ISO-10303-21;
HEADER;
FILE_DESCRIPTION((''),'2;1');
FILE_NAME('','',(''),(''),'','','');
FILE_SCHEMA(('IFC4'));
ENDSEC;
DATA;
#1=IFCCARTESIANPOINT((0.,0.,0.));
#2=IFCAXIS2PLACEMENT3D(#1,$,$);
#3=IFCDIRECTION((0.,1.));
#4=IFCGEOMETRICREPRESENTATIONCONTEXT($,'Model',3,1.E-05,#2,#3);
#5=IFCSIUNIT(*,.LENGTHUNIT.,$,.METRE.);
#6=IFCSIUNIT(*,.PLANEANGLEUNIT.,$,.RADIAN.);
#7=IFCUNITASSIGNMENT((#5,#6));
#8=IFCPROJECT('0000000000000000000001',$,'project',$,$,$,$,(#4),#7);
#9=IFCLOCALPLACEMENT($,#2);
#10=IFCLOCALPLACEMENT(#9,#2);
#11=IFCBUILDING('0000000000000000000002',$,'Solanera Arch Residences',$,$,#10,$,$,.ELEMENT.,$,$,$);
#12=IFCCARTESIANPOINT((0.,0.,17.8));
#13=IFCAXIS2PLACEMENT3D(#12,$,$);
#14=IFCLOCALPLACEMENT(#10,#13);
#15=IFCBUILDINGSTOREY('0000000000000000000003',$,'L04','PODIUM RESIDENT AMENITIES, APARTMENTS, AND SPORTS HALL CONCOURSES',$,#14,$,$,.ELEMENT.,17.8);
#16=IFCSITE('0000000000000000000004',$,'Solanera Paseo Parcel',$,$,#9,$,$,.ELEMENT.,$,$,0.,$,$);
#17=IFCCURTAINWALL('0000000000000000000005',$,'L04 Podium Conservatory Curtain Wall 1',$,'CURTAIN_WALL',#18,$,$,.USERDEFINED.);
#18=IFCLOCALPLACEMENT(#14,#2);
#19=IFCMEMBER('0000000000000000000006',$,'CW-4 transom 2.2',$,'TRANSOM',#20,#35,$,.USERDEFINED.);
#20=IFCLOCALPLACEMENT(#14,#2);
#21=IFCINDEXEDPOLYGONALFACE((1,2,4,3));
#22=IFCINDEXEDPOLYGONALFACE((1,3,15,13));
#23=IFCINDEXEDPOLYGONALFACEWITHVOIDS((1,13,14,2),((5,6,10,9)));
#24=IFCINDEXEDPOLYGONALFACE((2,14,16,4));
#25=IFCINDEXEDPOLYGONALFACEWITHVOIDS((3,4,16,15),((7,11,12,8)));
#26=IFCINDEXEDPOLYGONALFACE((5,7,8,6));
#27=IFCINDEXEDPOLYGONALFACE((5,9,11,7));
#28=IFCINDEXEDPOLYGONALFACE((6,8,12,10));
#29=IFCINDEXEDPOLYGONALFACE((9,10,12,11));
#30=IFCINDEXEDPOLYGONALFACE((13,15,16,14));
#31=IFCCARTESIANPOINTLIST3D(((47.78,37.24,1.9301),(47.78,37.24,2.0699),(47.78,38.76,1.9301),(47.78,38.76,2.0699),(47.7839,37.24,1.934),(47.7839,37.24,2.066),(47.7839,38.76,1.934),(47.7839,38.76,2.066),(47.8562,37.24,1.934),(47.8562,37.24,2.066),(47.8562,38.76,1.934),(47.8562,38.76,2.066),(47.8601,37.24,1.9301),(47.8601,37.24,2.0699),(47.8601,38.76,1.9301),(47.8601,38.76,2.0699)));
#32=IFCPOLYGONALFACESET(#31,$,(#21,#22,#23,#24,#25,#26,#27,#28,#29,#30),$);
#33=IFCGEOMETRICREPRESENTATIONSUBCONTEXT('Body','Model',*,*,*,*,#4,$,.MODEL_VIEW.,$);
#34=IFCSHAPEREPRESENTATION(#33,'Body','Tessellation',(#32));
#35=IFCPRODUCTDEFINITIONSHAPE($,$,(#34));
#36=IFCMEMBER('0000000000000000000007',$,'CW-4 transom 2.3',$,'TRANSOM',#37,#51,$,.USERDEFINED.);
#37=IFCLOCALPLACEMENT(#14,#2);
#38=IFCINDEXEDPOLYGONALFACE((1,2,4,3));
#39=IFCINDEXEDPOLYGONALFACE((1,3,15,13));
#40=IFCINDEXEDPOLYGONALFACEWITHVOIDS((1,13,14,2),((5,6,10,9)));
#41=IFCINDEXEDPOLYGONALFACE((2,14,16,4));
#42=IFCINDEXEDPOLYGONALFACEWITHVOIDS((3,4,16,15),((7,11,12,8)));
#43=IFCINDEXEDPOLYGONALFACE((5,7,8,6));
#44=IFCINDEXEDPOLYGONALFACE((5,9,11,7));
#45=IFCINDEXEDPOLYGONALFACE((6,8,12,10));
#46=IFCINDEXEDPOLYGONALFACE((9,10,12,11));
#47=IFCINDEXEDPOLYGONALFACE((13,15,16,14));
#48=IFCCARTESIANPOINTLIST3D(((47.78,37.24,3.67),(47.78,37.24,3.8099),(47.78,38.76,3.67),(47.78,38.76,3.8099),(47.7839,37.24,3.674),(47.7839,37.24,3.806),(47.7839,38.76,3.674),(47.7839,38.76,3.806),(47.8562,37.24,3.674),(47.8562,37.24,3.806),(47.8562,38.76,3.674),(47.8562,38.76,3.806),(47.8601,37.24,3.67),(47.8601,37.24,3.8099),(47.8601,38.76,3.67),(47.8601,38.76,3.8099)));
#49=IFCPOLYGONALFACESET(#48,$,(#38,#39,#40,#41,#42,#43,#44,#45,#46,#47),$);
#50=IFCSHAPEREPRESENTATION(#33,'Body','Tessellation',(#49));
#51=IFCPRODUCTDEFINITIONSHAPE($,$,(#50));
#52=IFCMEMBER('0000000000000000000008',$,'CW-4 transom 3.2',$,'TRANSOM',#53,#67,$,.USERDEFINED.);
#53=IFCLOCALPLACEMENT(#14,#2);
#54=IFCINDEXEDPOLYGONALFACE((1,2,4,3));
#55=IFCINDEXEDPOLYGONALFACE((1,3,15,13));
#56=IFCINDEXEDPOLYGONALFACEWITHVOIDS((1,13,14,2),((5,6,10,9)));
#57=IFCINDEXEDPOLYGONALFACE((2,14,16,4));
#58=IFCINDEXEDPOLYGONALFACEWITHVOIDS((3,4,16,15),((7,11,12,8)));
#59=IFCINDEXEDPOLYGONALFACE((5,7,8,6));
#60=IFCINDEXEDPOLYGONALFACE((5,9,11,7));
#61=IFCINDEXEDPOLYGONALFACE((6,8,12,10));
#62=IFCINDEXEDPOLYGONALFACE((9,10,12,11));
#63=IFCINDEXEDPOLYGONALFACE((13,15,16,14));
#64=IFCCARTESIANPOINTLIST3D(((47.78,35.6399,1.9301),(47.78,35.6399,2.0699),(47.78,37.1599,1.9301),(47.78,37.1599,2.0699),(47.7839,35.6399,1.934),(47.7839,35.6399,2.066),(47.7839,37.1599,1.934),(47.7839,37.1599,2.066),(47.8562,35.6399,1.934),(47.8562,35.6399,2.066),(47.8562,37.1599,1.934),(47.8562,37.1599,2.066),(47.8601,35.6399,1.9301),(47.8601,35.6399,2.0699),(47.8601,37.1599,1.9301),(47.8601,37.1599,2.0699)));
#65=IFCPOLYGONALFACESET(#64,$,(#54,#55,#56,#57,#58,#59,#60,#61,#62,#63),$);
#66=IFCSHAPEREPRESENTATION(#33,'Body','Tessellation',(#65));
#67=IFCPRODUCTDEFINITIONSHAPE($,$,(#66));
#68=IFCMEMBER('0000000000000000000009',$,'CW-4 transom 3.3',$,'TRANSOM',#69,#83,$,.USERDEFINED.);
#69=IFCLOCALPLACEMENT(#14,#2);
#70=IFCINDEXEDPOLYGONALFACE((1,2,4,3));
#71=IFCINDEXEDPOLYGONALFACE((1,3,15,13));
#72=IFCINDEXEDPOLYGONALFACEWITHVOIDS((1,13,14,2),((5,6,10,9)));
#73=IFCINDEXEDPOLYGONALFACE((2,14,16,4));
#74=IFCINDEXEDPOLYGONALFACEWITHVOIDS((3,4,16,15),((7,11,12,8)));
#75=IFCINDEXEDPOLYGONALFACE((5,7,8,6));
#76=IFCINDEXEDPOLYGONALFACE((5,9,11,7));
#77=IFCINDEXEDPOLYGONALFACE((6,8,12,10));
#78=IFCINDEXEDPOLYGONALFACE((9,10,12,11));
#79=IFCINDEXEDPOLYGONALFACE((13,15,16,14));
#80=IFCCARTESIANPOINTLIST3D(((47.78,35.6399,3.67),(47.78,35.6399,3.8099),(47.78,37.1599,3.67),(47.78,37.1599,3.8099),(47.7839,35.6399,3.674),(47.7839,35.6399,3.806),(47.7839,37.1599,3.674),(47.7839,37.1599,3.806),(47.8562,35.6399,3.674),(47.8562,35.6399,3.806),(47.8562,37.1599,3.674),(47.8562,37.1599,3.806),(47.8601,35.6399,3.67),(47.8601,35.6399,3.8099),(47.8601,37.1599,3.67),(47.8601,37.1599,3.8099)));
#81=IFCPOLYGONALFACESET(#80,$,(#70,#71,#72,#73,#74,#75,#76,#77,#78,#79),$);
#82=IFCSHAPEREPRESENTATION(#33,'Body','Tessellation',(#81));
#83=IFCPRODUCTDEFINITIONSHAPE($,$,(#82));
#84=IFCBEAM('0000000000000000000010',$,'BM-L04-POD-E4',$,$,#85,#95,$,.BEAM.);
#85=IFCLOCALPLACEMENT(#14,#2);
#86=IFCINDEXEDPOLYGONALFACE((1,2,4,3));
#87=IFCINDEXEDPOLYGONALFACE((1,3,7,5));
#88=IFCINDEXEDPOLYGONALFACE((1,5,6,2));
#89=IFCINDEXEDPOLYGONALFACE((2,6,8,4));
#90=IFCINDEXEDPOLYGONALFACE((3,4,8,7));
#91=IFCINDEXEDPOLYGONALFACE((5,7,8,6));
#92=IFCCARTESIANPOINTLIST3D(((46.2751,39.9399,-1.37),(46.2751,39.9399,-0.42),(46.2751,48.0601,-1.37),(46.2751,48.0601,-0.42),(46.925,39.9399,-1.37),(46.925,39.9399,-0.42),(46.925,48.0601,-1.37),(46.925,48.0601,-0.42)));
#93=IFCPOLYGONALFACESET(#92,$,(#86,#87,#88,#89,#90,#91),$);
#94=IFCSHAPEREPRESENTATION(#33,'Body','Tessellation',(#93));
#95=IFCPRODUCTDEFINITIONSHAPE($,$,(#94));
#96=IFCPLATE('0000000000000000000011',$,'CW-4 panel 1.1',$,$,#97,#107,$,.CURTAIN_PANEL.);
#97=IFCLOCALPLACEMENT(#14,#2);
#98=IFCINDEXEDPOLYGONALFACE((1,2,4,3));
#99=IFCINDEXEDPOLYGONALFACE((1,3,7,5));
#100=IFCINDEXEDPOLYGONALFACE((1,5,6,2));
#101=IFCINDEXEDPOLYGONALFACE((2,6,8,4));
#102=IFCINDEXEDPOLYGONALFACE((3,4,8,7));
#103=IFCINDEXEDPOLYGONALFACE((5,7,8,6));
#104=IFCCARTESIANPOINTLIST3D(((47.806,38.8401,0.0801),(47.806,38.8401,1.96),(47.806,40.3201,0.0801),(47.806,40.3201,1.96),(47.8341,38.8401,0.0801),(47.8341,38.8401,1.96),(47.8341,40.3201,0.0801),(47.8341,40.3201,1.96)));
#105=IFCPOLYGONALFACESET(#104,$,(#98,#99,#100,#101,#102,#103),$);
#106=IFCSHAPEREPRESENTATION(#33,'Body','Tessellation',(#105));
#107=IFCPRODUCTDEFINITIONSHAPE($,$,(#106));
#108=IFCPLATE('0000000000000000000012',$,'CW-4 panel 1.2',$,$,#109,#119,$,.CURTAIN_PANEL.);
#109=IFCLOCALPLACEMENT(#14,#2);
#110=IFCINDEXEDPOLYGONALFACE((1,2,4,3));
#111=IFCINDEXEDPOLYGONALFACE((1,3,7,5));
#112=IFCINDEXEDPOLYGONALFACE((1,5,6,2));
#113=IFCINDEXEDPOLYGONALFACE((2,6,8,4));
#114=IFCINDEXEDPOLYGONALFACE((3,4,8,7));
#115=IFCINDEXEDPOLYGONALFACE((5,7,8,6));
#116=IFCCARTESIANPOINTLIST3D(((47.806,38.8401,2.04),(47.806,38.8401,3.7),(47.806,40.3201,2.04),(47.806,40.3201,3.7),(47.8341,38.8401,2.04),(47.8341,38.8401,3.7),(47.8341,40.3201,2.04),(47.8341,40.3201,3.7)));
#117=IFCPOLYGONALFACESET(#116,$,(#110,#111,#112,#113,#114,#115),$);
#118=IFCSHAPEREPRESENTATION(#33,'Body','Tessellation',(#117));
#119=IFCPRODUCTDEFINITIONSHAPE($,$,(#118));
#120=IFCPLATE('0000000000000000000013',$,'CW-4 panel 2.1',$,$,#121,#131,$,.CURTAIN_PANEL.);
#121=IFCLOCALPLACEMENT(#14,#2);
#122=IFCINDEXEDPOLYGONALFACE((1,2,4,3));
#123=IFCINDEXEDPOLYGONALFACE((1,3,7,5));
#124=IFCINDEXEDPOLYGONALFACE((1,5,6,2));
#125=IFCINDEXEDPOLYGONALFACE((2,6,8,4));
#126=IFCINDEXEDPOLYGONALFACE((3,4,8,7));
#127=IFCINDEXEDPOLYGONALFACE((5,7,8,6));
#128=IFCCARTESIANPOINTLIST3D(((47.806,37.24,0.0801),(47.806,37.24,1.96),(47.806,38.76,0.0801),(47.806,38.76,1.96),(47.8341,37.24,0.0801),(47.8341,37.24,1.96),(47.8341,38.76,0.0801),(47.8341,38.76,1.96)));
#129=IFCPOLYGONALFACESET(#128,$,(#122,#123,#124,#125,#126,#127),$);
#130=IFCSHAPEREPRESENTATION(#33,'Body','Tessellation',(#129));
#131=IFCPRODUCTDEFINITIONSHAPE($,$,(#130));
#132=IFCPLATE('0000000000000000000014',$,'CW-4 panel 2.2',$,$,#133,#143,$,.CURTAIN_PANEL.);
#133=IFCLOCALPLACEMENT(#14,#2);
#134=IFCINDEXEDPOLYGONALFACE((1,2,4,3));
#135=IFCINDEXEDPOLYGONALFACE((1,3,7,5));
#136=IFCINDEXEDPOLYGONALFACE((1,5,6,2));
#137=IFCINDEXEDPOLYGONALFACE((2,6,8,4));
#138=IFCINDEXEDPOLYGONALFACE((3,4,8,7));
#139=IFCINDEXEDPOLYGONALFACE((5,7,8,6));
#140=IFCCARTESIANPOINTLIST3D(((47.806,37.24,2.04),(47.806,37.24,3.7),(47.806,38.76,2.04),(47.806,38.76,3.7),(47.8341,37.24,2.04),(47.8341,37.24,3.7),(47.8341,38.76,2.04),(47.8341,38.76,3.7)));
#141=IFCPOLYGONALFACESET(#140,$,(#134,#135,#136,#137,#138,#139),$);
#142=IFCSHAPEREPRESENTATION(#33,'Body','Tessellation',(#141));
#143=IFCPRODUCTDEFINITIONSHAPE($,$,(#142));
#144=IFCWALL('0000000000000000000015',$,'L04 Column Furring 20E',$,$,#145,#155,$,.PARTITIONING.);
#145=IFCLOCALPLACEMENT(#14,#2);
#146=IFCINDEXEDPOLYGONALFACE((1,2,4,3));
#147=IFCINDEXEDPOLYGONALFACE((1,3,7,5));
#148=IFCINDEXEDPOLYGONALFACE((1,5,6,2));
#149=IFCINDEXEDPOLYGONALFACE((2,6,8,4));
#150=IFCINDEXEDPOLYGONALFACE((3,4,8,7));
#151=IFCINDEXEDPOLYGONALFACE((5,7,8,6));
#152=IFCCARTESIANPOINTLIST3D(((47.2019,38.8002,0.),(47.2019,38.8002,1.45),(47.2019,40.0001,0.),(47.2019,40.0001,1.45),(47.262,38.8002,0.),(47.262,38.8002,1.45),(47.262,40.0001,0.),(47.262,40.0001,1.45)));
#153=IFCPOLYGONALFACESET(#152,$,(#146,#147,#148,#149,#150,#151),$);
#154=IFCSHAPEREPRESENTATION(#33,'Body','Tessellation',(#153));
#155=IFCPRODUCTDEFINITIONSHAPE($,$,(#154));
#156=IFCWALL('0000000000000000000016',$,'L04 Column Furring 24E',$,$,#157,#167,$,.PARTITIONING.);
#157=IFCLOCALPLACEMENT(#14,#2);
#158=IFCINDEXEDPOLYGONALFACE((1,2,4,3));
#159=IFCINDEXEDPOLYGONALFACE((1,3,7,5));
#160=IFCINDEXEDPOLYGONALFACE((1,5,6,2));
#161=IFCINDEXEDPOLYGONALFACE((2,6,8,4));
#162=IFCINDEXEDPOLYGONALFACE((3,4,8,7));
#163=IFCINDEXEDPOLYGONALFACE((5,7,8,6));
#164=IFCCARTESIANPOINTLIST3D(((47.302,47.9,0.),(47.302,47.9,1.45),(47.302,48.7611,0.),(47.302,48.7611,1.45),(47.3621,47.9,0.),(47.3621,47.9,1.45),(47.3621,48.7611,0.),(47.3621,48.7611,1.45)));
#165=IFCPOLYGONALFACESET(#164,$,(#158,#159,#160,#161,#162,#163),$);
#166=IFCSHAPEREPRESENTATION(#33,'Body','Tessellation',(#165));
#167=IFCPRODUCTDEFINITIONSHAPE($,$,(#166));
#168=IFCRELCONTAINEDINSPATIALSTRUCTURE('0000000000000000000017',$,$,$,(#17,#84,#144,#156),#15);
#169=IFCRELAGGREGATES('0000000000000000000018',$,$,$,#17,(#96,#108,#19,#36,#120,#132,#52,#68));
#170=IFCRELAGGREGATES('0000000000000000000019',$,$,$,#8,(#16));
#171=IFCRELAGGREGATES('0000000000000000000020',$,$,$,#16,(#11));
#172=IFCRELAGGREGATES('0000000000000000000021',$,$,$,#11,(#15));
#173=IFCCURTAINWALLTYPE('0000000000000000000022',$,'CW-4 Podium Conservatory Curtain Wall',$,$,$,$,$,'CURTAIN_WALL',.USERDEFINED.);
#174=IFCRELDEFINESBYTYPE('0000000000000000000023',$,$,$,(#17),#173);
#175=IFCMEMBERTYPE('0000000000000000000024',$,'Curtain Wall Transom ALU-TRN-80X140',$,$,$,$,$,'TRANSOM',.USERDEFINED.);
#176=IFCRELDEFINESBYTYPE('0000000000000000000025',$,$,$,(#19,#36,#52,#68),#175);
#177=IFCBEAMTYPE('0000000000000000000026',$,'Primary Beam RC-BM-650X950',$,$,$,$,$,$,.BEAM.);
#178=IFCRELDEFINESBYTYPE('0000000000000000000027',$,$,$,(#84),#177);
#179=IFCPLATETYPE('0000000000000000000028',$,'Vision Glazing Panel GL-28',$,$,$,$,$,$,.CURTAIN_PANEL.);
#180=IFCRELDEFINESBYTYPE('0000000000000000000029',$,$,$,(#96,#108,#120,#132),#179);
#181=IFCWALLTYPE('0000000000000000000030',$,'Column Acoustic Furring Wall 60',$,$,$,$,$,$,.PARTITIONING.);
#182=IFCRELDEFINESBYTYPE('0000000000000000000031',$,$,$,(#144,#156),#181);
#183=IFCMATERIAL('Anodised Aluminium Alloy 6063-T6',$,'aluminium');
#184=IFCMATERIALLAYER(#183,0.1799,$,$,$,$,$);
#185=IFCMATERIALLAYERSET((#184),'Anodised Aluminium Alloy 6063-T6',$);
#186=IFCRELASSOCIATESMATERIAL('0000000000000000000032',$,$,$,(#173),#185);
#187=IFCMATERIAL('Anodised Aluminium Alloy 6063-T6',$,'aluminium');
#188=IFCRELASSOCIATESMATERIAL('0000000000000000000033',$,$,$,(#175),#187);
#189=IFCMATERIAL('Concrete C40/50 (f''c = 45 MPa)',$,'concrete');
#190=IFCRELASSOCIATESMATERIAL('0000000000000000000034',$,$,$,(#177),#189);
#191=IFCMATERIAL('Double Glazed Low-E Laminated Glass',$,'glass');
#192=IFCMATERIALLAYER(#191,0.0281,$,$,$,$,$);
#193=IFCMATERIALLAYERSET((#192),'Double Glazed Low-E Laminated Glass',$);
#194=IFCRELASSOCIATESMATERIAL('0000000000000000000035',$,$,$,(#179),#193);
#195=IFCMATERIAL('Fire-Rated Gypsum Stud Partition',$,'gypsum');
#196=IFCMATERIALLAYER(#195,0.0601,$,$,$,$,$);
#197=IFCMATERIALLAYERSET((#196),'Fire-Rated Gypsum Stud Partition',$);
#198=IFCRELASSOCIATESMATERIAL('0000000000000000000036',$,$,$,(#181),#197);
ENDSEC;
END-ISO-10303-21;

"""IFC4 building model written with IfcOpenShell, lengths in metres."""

from ifc_helpers import new_model, si_unit, direction, frame, frame_2d, origin, origin_2d, place, context, subcontext, project, spatial, rectangle, hollow_rectangle, extrude, material, layer, layer_set, material_profile, profile_set, type_object, element, aggregate, save


model = new_model("IFC4")

# Units and contexts
model_context = context("Model", 3, precision=1e-05, world=origin(), true_north=direction((0.0, 1.0)))
body_context = subcontext(model_context, "Body", "Model", "MODEL_VIEW")
ifc_project = project(units=[si_unit("LENGTHUNIT", "METRE"), si_unit("PLANEANGLEUNIT", "RADIAN")], contexts=[model_context])

# Site, building, storey
site_placement = place(None, origin())
site = spatial("IfcSite", under=ifc_project, at=site_placement, Name="Solanera Paseo Parcel", CompositionType="ELEMENT", RefElevation=0.0)
building_placement = place(site_placement, origin())
building = spatial("IfcBuilding", under=site, at=building_placement, Name="Solanera Arch Residences", CompositionType="ELEMENT")
storey_placement = place(building_placement, frame((0.0, 0.0, 17.8)))
storey = spatial("IfcBuildingStorey", under=building, at=storey_placement, Name="L04", Description="PODIUM RESIDENT AMENITIES, APARTMENTS, AND SPORTS HALL CONCOURSES", CompositionType="ELEMENT", Elevation=17.8)

# Curtain wall, members
ifc_material_1 = material(Name="Anodised Aluminium Alloy 6063-T6", Category="aluminium")
ifc_layer_1 = layer(ifc_material_1, 0.1799)
ifc_layer_set_1 = layer_set([ifc_layer_1], Name="Anodised Aluminium Alloy 6063-T6")
curtain_wall_type = type_object("IfcCurtainWallType", Name="CW-4 Podium Conservatory Curtain Wall", ElementType="CURTAIN_WALL", PredefinedType="USERDEFINED", material=ifc_layer_set_1)
curtain_wall_placement = place(storey_placement, origin())
curtain_wall = element("IfcCurtainWall", 1, at=curtain_wall_placement, inside=storey, type_object=curtain_wall_type, Name="L04 Podium Conservatory Curtain Wall 1", ObjectType="CURTAIN_WALL", PredefinedType="USERDEFINED")
ifc_material_2 = material(Name="Anodised Aluminium Alloy 6063-T6", Category="aluminium")
ifc_material_profile_1 = material_profile(ifc_material_2, hollow_rectangle(XDim=0.0801, YDim=0.1399, WallThickness=0.0039, at=origin_2d()))
ifc_profile_set_1 = profile_set([ifc_material_profile_1], Name="Anodised Aluminium Alloy 6063-T6")
member_type_1 = type_object("IfcMemberType", Name="Curtain Wall Transom ALU-TRN-80X140", ElementType="TRANSOM", PredefinedType="USERDEFINED", material=ifc_profile_set_1)
member_1_placement = place(storey_placement, frame((47.8201, 38.76, 2.0), z_axis=(0.0, -1.0, 0.0), x_axis=(1.0, 0.0, 0.0)))
member_1 = element("IfcMember", 2, at=member_1_placement, type_object=member_type_1, Name="CW-4 transom 2.2", ObjectType="TRANSOM", PredefinedType="USERDEFINED", context=body_context, shape_type="SweptSolid", body=[
    extrude(hollow_rectangle(XDim=0.0801, YDim=0.1399, WallThickness=0.0039, at=origin_2d()), origin(), (0.0, 0.0, 1.0), 1.52),
])
member_2_placement = place(storey_placement, frame((47.8201, 38.76, 3.74), z_axis=(0.0, -1.0, 0.0), x_axis=(1.0, 0.0, 0.0)))
member_2 = element("IfcMember", 3, at=member_2_placement, type_object=member_type_1, Name="CW-4 transom 2.3", ObjectType="TRANSOM", PredefinedType="USERDEFINED", context=body_context, shape_type="SweptSolid", body=[
    extrude(hollow_rectangle(XDim=0.0801, YDim=0.1399, WallThickness=0.0039, at=origin_2d()), origin(), (0.0, 0.0, 1.0), 1.52),
])
member_3_placement = place(storey_placement, frame((47.8201, 37.1599, 2.0), z_axis=(0.0, -1.0, 0.0), x_axis=(1.0, 0.0, 0.0)))
member_3 = element("IfcMember", 4, at=member_3_placement, type_object=member_type_1, Name="CW-4 transom 3.2", ObjectType="TRANSOM", PredefinedType="USERDEFINED", context=body_context, shape_type="SweptSolid", body=[
    extrude(hollow_rectangle(XDim=0.0801, YDim=0.1399, WallThickness=0.0039, at=origin_2d()), origin(), (0.0, 0.0, 1.0), 1.52),
])
member_4_placement = place(storey_placement, frame((47.8201, 37.1599, 3.74), z_axis=(0.0, -1.0, 0.0), x_axis=(1.0, 0.0, 0.0)))
member_4 = element("IfcMember", 5, at=member_4_placement, type_object=member_type_1, Name="CW-4 transom 3.3", ObjectType="TRANSOM", PredefinedType="USERDEFINED", context=body_context, shape_type="SweptSolid", body=[
    extrude(hollow_rectangle(XDim=0.0801, YDim=0.1399, WallThickness=0.0039, at=origin_2d()), origin(), (0.0, 0.0, 1.0), 1.52),
])

# Beam
ifc_material_3 = material(Name="Concrete C40/50 (f'c = 45 MPa)", Category="concrete")
ifc_material_profile_2 = material_profile(ifc_material_3, rectangle(XDim=0.6499, YDim=0.95, at=origin_2d()))
ifc_profile_set_2 = profile_set([ifc_material_profile_2], Name="Concrete C40/50 (f'c = 45 MPa)")
beam_type = type_object("IfcBeamType", Name="Primary Beam RC-BM-650X950", PredefinedType="BEAM", material=ifc_profile_set_2)
beam_placement = place(storey_placement, frame((46.6001, 39.9399, -0.895), z_axis=(0.0, 1.0, 0.0), x_axis=(-1.0, 0.0, 0.0)))
element("IfcBeam", 6, at=beam_placement, inside=storey, type_object=beam_type, Name="BM-L04-POD-E4", PredefinedType="BEAM", context=body_context, shape_type="SweptSolid", body=[
    extrude(rectangle(XDim=0.6499, YDim=0.95, at=origin_2d()), origin(), (0.0, 0.0, 1.0), 8.1201),
])

# Plates
ifc_material_4 = material(Name="Double Glazed Low-E Laminated Glass", Category="glass")
ifc_layer_2 = layer(ifc_material_4, 0.0281)
ifc_layer_set_2 = layer_set([ifc_layer_2], Name="Double Glazed Low-E Laminated Glass")
plate_type = type_object("IfcPlateType", Name="Vision Glazing Panel GL-28", PredefinedType="CURTAIN_PANEL", material=ifc_layer_set_2)
plate_1_placement = place(storey_placement, frame((47.8201, 39.5801, 0.0801), z_axis=(0.0, 0.0, 1.0), x_axis=(0.0, -1.0, 0.0)))
plate_1 = element("IfcPlate", 7, at=plate_1_placement, type_object=plate_type, Name="CW-4 panel 1.1", PredefinedType="CURTAIN_PANEL", context=body_context, shape_type="SweptSolid", body=[
    extrude(rectangle(XDim=1.48, YDim=0.0281, at=origin_2d()), origin(), (0.0, 0.0, 1.0), 1.8799),
])
plate_2_placement = place(storey_placement, frame((47.8201, 39.5801, 2.04), z_axis=(0.0, 0.0, 1.0), x_axis=(0.0, -1.0, 0.0)))
plate_2 = element("IfcPlate", 8, at=plate_2_placement, type_object=plate_type, Name="CW-4 panel 1.2", PredefinedType="CURTAIN_PANEL", context=body_context, shape_type="SweptSolid", body=[
    extrude(rectangle(XDim=1.48, YDim=0.0281, at=origin_2d()), origin(), (0.0, 0.0, 1.0), 1.6599),
])
plate_3_placement = place(storey_placement, frame((47.8201, 38.0, 0.0801), z_axis=(0.0, 0.0, 1.0), x_axis=(0.0, -1.0, 0.0)))
plate_3 = element("IfcPlate", 9, at=plate_3_placement, type_object=plate_type, Name="CW-4 panel 2.1", PredefinedType="CURTAIN_PANEL", context=body_context, shape_type="SweptSolid", body=[
    extrude(rectangle(XDim=1.52, YDim=0.0281, at=origin_2d()), origin(), (0.0, 0.0, 1.0), 1.8799),
])
plate_4_placement = place(storey_placement, frame((47.8201, 38.0, 2.04), z_axis=(0.0, 0.0, 1.0), x_axis=(0.0, -1.0, 0.0)))
plate_4 = element("IfcPlate", 10, at=plate_4_placement, type_object=plate_type, Name="CW-4 panel 2.2", PredefinedType="CURTAIN_PANEL", context=body_context, shape_type="SweptSolid", body=[
    extrude(rectangle(XDim=1.52, YDim=0.0281, at=origin_2d()), origin(), (0.0, 0.0, 1.0), 1.6599),
])
aggregate(curtain_wall, [plate_1, plate_2, member_1, member_2, plate_3, plate_4, member_3, member_4])

# Walls
ifc_material_5 = material(Name="Fire-Rated Gypsum Stud Partition", Category="gypsum")
ifc_layer_3 = layer(ifc_material_5, 0.0601)
ifc_layer_set_3 = layer_set([ifc_layer_3], Name="Fire-Rated Gypsum Stud Partition")
wall_type_1 = type_object("IfcWallType", Name="Column Acoustic Furring Wall 60", PredefinedType="PARTITIONING", material=ifc_layer_set_3)
wall_1_placement = place(storey_placement, frame((47.2319, 38.8, 0.0), z_axis=(0.0, 0.0, 1.0), x_axis=(0.0, 1.0, 0.0)))
element("IfcWall", 11, at=wall_1_placement, inside=storey, type_object=wall_type_1, Name="L04 Column Furring 20E", PredefinedType="PARTITIONING", context=body_context, shape_type="SweptSolid", body=[
    extrude(rectangle(XDim=1.2, YDim=0.0601, at=frame_2d((0.6001, 0.0))), origin(), (0.0, 0.0, 1.0), 1.45),
])
wall_2_placement = place(storey_placement, frame((47.332, 47.8999, 0.0), z_axis=(0.0, 0.0, 1.0), x_axis=(0.0, 1.0, 0.0)))
element("IfcWall", 12, at=wall_2_placement, inside=storey, type_object=wall_type_1, Name="L04 Column Furring 24E", PredefinedType="PARTITIONING", context=body_context, shape_type="SweptSolid", body=[
    extrude(rectangle(XDim=0.8611, YDim=0.0601, at=frame_2d((0.4307, 0.0))), origin(), (0.0, 0.0, 1.0), 1.45),
])

save(model, "model.ifc")
